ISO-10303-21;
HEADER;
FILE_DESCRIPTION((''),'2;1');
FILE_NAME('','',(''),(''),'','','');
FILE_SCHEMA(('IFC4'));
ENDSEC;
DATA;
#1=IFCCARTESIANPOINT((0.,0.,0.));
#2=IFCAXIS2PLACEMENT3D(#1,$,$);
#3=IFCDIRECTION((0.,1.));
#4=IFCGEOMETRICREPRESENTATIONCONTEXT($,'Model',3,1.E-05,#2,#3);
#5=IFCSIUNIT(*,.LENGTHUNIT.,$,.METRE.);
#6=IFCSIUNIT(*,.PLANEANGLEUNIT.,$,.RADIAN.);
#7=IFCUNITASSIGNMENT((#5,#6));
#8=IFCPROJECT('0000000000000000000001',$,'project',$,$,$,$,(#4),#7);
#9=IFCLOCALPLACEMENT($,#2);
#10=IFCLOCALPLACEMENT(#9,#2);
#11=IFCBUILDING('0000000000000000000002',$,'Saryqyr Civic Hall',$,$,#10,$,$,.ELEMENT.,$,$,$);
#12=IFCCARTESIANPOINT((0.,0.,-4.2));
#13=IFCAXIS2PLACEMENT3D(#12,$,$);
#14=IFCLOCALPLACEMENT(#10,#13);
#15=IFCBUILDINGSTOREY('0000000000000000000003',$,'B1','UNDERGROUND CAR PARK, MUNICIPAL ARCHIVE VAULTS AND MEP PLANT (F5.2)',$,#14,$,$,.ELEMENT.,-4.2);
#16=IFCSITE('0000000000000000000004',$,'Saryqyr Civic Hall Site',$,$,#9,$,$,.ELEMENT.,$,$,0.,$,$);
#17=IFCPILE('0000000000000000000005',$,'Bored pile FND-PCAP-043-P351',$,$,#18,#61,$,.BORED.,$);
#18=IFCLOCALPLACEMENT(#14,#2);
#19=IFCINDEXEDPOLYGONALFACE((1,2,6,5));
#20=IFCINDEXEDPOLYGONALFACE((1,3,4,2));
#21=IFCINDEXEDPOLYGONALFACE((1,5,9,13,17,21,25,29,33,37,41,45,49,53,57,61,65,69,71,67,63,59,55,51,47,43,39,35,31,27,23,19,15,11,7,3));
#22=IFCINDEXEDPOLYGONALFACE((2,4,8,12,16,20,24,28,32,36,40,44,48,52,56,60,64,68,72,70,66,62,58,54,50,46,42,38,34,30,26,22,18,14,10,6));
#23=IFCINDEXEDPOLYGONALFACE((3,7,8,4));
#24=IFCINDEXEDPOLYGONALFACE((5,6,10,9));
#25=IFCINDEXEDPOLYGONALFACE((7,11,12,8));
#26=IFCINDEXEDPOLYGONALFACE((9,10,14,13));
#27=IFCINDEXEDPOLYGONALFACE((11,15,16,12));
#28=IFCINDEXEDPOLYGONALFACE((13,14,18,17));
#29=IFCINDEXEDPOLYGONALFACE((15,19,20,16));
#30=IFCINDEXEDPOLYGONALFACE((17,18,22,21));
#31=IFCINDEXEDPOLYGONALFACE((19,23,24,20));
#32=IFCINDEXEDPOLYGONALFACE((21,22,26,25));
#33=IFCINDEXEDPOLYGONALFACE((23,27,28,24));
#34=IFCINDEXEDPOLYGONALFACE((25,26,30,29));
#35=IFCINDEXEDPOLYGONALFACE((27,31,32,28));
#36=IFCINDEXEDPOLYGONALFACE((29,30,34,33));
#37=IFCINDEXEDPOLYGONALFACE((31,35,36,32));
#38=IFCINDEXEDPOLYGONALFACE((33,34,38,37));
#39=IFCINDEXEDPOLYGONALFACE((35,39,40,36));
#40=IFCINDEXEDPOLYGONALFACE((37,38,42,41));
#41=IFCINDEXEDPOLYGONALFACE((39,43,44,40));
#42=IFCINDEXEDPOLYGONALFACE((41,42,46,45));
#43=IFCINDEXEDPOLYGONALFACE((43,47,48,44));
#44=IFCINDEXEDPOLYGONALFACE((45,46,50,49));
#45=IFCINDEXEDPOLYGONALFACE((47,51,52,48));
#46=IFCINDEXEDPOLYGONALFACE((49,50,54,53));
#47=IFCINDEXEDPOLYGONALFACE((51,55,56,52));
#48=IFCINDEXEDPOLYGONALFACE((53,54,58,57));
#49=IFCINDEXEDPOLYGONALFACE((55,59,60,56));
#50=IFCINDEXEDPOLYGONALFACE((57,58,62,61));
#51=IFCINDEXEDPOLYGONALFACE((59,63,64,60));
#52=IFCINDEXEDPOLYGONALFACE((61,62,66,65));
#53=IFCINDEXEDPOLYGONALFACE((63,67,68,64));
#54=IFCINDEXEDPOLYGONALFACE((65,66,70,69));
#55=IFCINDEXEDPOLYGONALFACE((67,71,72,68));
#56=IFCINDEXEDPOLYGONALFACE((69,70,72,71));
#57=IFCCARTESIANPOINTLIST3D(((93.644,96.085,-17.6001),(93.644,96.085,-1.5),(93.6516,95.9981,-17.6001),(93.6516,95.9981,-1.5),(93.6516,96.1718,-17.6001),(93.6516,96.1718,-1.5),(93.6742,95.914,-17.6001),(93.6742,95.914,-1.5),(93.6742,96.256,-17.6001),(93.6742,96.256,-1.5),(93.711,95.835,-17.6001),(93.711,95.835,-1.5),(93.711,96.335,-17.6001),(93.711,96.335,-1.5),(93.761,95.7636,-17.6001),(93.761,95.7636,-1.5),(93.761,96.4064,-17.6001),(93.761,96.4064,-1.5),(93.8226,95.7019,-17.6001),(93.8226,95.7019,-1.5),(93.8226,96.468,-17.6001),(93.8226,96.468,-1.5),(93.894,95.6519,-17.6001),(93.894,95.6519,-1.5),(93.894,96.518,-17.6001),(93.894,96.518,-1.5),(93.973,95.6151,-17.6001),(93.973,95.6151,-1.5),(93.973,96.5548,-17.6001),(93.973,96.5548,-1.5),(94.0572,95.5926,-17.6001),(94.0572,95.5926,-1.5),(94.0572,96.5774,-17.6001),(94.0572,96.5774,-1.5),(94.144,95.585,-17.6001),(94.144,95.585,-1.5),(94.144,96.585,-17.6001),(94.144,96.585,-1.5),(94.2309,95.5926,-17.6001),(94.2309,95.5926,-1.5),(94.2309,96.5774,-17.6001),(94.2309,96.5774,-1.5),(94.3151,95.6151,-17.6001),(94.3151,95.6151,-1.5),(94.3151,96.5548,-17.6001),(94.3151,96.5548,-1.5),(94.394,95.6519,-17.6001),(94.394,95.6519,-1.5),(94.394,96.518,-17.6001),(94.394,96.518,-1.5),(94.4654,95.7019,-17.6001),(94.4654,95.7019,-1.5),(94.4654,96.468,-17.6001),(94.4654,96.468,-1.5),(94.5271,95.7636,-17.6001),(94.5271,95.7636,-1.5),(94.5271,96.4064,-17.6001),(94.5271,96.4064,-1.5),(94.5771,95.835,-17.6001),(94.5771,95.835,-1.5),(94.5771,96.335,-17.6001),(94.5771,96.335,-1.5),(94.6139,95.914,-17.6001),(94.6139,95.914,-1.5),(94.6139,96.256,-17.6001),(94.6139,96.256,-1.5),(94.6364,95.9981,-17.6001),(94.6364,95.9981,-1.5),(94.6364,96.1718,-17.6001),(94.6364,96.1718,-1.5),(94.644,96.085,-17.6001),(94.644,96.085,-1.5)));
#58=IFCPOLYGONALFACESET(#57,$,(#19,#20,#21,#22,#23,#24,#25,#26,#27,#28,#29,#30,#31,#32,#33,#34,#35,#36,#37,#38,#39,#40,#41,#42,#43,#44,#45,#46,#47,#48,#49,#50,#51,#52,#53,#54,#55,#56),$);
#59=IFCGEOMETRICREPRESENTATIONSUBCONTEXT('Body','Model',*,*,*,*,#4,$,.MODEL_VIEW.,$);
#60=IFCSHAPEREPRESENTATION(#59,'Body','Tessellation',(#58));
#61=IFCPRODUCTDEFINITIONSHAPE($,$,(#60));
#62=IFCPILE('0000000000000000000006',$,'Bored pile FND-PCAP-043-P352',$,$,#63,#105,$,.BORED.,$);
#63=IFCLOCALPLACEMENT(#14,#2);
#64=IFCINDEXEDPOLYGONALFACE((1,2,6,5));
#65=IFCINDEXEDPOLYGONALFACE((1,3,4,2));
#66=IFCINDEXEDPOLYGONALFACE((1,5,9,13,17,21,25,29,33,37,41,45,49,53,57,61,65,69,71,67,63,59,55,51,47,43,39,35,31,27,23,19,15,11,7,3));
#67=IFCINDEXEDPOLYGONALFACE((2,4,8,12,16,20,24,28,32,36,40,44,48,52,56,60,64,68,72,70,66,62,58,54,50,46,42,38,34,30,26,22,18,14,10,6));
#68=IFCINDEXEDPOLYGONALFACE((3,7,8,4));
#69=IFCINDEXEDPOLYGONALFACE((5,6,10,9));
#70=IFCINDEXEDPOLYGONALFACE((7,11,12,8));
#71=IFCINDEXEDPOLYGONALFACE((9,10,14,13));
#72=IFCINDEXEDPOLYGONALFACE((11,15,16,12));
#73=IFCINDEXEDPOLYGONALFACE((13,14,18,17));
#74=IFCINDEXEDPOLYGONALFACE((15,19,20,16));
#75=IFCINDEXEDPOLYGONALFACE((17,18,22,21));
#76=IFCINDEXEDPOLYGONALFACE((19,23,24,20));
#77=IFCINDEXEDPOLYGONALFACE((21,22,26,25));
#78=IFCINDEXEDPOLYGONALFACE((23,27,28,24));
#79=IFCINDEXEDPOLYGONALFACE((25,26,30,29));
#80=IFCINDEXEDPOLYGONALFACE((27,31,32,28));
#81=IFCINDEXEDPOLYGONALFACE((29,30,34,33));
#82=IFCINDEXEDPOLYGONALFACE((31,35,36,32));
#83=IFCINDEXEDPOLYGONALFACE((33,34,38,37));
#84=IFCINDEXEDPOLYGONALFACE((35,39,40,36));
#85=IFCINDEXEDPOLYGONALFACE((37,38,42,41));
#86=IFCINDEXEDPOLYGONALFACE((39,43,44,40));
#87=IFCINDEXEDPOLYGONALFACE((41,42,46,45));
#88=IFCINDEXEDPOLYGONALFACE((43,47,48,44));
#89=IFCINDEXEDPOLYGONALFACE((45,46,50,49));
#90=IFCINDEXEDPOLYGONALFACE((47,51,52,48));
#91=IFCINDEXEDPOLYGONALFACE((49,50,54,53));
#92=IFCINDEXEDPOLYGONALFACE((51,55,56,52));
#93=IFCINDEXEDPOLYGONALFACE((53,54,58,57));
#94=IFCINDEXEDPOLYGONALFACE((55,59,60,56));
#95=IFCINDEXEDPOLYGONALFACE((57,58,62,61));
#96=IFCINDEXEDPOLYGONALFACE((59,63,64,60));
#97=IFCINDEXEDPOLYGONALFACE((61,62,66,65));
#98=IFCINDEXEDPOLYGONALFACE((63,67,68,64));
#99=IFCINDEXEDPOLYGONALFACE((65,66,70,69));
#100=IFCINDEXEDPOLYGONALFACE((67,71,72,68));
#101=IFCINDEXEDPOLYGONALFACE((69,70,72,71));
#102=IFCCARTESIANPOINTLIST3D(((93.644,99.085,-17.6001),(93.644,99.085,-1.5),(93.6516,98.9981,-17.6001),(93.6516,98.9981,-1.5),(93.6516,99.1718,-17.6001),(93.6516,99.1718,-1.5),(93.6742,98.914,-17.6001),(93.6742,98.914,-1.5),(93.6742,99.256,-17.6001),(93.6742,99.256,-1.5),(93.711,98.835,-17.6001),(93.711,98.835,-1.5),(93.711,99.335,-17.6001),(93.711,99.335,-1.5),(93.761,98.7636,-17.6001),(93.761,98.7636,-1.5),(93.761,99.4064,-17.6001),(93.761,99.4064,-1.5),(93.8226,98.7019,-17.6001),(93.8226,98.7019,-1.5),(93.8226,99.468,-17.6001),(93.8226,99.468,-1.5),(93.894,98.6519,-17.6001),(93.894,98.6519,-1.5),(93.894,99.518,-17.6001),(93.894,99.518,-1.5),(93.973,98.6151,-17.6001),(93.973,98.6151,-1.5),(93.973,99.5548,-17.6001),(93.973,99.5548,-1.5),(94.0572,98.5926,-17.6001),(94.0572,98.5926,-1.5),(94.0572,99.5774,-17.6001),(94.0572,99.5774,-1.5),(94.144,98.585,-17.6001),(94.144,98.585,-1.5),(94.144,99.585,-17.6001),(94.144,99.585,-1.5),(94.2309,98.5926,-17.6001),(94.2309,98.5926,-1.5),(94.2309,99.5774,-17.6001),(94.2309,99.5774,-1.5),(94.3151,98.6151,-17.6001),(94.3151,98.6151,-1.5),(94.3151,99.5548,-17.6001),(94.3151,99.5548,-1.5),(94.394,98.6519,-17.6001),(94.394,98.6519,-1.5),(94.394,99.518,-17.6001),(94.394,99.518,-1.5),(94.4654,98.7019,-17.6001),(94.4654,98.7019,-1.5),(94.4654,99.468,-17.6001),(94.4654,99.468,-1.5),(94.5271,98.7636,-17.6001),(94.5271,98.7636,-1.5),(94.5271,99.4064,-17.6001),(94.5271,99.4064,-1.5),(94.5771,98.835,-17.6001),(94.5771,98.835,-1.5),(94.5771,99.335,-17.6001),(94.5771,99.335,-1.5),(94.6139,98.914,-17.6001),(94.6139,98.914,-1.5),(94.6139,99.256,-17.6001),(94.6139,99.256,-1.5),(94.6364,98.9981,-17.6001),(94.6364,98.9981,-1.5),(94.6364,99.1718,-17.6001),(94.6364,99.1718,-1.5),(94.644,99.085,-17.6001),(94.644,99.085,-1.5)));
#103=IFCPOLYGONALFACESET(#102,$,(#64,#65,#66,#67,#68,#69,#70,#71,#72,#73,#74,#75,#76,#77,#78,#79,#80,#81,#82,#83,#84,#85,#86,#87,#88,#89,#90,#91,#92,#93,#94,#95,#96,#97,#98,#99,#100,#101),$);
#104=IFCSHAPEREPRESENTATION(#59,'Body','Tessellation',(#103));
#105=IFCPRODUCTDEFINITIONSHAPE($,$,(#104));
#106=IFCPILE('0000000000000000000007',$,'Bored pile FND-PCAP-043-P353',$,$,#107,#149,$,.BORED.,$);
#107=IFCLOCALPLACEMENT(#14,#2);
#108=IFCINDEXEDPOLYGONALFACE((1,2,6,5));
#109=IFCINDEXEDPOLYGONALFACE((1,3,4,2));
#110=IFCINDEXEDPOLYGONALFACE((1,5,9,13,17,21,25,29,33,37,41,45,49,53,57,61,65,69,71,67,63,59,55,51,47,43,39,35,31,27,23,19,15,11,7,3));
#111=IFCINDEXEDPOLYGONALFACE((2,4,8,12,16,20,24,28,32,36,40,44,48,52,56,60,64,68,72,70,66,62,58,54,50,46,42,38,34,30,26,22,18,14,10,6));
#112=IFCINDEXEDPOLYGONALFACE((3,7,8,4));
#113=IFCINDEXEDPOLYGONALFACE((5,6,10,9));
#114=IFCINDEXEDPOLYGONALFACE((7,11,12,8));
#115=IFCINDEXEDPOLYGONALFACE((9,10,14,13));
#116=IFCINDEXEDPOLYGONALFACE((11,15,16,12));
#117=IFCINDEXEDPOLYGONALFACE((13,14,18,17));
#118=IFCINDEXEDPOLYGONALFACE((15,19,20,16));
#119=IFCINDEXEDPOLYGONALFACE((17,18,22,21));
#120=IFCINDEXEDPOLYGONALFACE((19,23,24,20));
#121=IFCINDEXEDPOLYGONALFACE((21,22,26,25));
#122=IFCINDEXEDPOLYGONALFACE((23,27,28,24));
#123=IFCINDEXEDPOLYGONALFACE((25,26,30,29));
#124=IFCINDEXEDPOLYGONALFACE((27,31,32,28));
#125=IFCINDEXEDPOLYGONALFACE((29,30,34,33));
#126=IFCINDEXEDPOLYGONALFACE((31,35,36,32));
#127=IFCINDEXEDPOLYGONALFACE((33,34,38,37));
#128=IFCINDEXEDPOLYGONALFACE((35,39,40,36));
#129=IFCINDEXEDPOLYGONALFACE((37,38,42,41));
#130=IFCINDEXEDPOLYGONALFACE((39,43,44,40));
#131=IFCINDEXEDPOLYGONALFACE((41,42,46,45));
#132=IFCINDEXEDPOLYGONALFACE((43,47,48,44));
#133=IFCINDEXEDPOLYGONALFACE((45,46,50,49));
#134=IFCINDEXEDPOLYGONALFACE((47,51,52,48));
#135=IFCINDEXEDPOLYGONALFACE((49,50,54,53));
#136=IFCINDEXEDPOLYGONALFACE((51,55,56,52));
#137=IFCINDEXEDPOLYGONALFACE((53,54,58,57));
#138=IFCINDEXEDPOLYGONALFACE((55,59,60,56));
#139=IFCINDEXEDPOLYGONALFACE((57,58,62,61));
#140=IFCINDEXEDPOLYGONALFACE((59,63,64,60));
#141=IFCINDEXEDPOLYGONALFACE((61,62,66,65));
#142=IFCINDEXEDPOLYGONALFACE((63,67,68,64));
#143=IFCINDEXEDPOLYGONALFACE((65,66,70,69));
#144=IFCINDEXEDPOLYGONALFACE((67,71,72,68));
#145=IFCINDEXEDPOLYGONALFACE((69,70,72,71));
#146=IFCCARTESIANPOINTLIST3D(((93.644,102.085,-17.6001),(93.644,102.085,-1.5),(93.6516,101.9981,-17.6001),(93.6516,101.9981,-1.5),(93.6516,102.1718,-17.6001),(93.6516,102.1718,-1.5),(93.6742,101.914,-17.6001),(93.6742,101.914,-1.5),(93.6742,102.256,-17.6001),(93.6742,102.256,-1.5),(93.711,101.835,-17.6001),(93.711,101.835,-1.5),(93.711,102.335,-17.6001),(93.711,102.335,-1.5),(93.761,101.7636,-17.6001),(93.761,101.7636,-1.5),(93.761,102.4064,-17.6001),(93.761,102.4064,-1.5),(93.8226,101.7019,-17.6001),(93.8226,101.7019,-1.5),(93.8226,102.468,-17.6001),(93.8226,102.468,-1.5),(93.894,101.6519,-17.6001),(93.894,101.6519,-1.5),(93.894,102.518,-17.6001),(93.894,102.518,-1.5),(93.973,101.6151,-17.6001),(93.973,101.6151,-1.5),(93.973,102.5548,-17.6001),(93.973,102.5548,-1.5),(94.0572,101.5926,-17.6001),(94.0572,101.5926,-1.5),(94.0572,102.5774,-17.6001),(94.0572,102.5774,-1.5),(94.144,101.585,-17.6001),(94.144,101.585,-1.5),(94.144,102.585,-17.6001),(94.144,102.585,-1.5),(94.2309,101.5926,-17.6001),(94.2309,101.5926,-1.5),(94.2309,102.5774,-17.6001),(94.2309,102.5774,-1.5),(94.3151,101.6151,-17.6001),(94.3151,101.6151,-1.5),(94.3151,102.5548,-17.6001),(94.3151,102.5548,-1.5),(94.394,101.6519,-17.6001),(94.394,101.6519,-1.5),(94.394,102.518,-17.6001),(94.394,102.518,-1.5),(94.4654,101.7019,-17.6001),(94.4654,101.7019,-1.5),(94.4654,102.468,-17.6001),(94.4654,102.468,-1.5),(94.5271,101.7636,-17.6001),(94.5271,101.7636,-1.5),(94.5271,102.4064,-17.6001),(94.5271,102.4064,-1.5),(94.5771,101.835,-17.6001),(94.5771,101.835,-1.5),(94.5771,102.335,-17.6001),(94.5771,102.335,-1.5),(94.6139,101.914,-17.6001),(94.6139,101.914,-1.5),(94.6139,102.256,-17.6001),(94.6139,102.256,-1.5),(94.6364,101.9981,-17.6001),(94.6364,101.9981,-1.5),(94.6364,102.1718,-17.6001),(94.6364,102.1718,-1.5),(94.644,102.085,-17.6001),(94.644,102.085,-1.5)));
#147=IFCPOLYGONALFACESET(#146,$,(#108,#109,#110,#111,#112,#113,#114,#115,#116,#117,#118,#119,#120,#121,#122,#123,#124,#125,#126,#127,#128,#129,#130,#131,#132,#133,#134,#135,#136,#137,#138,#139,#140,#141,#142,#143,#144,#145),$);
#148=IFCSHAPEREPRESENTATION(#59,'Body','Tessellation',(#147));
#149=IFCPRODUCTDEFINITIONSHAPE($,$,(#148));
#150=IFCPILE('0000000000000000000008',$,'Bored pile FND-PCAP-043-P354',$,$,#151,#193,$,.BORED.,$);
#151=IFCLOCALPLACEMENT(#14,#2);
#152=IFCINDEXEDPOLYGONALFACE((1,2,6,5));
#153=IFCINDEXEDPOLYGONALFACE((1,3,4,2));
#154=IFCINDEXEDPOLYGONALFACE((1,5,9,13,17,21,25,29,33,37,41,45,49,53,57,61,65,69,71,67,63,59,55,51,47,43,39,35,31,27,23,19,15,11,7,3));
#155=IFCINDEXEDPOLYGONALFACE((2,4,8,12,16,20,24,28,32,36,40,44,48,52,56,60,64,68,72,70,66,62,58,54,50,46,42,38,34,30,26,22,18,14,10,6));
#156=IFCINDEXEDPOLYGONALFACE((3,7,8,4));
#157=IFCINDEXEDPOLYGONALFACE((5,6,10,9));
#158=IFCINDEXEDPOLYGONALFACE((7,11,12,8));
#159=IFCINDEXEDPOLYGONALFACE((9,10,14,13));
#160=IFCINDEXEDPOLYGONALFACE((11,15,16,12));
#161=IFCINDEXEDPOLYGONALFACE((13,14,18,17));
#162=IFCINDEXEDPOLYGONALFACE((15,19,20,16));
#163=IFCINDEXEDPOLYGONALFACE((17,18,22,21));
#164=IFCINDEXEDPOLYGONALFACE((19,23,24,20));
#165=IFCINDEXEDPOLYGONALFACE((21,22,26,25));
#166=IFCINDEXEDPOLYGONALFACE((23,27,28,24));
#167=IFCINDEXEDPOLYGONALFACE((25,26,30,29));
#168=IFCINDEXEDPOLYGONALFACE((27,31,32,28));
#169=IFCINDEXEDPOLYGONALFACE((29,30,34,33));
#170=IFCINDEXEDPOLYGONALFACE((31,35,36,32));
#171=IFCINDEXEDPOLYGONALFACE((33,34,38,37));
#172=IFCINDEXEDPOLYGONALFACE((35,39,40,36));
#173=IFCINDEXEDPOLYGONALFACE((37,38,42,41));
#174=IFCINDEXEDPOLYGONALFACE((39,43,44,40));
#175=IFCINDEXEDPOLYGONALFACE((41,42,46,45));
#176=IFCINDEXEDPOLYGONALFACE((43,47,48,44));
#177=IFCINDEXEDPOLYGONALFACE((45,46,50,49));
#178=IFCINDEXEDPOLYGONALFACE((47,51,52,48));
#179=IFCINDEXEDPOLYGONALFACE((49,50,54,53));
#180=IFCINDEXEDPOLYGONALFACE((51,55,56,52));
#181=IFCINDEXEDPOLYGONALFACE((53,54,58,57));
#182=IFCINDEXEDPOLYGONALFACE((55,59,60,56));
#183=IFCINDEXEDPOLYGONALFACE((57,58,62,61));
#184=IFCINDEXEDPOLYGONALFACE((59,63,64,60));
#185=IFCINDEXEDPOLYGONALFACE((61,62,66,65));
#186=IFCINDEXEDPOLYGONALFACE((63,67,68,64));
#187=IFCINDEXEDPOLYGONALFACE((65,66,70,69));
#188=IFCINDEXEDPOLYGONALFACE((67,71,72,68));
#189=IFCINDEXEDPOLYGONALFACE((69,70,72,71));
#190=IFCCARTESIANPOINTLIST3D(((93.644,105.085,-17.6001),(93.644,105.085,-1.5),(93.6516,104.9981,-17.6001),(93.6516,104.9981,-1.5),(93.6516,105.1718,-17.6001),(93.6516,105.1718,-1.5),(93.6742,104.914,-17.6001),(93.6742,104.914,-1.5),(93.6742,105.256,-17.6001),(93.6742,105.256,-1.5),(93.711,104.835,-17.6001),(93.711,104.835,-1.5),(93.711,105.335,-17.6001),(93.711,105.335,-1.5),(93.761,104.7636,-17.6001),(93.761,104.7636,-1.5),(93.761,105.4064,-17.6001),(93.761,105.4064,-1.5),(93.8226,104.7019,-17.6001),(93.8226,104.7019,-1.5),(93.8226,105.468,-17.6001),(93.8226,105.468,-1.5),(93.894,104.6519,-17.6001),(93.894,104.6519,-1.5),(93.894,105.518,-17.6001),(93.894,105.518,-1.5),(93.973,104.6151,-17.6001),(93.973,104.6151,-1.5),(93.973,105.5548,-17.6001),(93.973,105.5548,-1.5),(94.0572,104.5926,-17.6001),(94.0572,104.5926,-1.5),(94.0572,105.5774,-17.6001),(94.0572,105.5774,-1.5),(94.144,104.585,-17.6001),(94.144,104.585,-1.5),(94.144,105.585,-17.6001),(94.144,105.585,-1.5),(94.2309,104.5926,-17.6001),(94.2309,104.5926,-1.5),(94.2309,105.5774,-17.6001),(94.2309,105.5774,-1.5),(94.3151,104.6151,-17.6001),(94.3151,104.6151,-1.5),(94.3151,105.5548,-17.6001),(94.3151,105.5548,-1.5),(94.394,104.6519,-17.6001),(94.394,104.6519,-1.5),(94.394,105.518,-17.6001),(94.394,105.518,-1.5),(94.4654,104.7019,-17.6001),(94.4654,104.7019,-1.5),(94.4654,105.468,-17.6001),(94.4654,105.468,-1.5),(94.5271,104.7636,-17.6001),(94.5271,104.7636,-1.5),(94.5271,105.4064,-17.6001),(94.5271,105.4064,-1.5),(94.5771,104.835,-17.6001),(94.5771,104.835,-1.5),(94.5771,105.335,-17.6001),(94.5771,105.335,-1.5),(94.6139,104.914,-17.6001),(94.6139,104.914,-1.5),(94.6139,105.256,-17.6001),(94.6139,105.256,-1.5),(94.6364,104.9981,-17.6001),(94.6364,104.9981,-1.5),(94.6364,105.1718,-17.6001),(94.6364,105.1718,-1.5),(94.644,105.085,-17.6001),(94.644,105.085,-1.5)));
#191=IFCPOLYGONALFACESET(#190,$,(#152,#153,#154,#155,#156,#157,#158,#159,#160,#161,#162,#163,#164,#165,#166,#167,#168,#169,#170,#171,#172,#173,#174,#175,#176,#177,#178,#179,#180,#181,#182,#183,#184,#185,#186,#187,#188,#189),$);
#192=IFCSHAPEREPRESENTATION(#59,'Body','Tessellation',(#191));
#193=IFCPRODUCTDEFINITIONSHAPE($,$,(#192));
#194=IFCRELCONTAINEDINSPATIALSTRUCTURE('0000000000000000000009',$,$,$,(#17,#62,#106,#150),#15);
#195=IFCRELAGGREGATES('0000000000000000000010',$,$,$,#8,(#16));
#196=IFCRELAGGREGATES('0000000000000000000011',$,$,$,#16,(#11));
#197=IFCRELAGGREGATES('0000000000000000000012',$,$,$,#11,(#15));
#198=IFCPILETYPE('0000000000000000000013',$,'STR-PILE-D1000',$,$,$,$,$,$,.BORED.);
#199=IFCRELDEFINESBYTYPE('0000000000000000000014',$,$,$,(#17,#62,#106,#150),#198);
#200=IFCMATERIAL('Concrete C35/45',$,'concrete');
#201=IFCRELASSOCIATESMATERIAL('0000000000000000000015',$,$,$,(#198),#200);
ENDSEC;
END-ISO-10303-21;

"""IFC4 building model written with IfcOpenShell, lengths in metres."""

from ifc_helpers import new_model, si_unit, direction, frame, origin, origin_2d, place, context, subcontext, project, spatial, circle, extrude, material, material_profile, profile_set, type_object, element, save


model = new_model("IFC4")

# Units and contexts
model_context = context("Model", 3, precision=1e-05, world=origin(), true_north=direction((0.0, 1.0)))
body_context = subcontext(model_context, "Body", "Model", "MODEL_VIEW")
ifc_project = project(units=[si_unit("LENGTHUNIT", "METRE"), si_unit("PLANEANGLEUNIT", "RADIAN")], contexts=[model_context])

# Site, building, storey
site_placement = place(None, origin())
site = spatial("IfcSite", under=ifc_project, at=site_placement, Name="Saryqyr Civic Hall Site", CompositionType="ELEMENT", RefElevation=0.0)
building_placement = place(site_placement, origin())
building = spatial("IfcBuilding", under=site, at=building_placement, Name="Saryqyr Civic Hall", CompositionType="ELEMENT")
storey_placement = place(building_placement, frame((0.0, 0.0, -4.2)))
storey = spatial("IfcBuildingStorey", under=building, at=storey_placement, Name="B1", Description="UNDERGROUND CAR PARK, MUNICIPAL ARCHIVE VAULTS AND MEP PLANT (F5.2)", CompositionType="ELEMENT", Elevation=-4.2)

# Piles
ifc_material_1 = material(Name="Concrete C35/45", Category="concrete")
ifc_material_profile_1 = material_profile(ifc_material_1, circle(Radius=0.5, at=origin_2d()), Name="BORED PILE D1000")
ifc_profile_set_1 = profile_set([ifc_material_profile_1], Name="Concrete C35/45")
pile_type = type_object("IfcPileType", Name="STR-PILE-D1000", PredefinedType="BORED", material=ifc_profile_set_1)
for number, where, z_axis, x_axis, name in (
    (1, (94.144, 96.085, -1.5), (0.0, 0.0, -1.0), (1.0, 0.0, 0.0), "Bored pile FND-PCAP-043-P351"),
    (2, (94.144, 99.085, -1.5), (0.0, 0.0, -1.0), (1.0, 0.0, 0.0), "Bored pile FND-PCAP-043-P352"),
    (3, (94.144, 102.085, -1.5), (0.0, 0.0, -1.0), (1.0, 0.0, 0.0), "Bored pile FND-PCAP-043-P353"),
    (4, (94.144, 105.085, -1.5), (0.0, 0.0, -1.0), (1.0, 0.0, 0.0), "Bored pile FND-PCAP-043-P354"),
):
    element("IfcPile", number, at=place(storey_placement, frame(where, z_axis=z_axis, x_axis=x_axis)), inside=storey, type_object=pile_type, Name=name, PredefinedType="BORED", context=body_context, shape_type="SweptSolid", body=[
        extrude(circle(Radius=0.5, at=origin_2d()), origin(), (0.0, 0.0, 1.0), 16.1001),
    ])

save(model, "model.ifc")
